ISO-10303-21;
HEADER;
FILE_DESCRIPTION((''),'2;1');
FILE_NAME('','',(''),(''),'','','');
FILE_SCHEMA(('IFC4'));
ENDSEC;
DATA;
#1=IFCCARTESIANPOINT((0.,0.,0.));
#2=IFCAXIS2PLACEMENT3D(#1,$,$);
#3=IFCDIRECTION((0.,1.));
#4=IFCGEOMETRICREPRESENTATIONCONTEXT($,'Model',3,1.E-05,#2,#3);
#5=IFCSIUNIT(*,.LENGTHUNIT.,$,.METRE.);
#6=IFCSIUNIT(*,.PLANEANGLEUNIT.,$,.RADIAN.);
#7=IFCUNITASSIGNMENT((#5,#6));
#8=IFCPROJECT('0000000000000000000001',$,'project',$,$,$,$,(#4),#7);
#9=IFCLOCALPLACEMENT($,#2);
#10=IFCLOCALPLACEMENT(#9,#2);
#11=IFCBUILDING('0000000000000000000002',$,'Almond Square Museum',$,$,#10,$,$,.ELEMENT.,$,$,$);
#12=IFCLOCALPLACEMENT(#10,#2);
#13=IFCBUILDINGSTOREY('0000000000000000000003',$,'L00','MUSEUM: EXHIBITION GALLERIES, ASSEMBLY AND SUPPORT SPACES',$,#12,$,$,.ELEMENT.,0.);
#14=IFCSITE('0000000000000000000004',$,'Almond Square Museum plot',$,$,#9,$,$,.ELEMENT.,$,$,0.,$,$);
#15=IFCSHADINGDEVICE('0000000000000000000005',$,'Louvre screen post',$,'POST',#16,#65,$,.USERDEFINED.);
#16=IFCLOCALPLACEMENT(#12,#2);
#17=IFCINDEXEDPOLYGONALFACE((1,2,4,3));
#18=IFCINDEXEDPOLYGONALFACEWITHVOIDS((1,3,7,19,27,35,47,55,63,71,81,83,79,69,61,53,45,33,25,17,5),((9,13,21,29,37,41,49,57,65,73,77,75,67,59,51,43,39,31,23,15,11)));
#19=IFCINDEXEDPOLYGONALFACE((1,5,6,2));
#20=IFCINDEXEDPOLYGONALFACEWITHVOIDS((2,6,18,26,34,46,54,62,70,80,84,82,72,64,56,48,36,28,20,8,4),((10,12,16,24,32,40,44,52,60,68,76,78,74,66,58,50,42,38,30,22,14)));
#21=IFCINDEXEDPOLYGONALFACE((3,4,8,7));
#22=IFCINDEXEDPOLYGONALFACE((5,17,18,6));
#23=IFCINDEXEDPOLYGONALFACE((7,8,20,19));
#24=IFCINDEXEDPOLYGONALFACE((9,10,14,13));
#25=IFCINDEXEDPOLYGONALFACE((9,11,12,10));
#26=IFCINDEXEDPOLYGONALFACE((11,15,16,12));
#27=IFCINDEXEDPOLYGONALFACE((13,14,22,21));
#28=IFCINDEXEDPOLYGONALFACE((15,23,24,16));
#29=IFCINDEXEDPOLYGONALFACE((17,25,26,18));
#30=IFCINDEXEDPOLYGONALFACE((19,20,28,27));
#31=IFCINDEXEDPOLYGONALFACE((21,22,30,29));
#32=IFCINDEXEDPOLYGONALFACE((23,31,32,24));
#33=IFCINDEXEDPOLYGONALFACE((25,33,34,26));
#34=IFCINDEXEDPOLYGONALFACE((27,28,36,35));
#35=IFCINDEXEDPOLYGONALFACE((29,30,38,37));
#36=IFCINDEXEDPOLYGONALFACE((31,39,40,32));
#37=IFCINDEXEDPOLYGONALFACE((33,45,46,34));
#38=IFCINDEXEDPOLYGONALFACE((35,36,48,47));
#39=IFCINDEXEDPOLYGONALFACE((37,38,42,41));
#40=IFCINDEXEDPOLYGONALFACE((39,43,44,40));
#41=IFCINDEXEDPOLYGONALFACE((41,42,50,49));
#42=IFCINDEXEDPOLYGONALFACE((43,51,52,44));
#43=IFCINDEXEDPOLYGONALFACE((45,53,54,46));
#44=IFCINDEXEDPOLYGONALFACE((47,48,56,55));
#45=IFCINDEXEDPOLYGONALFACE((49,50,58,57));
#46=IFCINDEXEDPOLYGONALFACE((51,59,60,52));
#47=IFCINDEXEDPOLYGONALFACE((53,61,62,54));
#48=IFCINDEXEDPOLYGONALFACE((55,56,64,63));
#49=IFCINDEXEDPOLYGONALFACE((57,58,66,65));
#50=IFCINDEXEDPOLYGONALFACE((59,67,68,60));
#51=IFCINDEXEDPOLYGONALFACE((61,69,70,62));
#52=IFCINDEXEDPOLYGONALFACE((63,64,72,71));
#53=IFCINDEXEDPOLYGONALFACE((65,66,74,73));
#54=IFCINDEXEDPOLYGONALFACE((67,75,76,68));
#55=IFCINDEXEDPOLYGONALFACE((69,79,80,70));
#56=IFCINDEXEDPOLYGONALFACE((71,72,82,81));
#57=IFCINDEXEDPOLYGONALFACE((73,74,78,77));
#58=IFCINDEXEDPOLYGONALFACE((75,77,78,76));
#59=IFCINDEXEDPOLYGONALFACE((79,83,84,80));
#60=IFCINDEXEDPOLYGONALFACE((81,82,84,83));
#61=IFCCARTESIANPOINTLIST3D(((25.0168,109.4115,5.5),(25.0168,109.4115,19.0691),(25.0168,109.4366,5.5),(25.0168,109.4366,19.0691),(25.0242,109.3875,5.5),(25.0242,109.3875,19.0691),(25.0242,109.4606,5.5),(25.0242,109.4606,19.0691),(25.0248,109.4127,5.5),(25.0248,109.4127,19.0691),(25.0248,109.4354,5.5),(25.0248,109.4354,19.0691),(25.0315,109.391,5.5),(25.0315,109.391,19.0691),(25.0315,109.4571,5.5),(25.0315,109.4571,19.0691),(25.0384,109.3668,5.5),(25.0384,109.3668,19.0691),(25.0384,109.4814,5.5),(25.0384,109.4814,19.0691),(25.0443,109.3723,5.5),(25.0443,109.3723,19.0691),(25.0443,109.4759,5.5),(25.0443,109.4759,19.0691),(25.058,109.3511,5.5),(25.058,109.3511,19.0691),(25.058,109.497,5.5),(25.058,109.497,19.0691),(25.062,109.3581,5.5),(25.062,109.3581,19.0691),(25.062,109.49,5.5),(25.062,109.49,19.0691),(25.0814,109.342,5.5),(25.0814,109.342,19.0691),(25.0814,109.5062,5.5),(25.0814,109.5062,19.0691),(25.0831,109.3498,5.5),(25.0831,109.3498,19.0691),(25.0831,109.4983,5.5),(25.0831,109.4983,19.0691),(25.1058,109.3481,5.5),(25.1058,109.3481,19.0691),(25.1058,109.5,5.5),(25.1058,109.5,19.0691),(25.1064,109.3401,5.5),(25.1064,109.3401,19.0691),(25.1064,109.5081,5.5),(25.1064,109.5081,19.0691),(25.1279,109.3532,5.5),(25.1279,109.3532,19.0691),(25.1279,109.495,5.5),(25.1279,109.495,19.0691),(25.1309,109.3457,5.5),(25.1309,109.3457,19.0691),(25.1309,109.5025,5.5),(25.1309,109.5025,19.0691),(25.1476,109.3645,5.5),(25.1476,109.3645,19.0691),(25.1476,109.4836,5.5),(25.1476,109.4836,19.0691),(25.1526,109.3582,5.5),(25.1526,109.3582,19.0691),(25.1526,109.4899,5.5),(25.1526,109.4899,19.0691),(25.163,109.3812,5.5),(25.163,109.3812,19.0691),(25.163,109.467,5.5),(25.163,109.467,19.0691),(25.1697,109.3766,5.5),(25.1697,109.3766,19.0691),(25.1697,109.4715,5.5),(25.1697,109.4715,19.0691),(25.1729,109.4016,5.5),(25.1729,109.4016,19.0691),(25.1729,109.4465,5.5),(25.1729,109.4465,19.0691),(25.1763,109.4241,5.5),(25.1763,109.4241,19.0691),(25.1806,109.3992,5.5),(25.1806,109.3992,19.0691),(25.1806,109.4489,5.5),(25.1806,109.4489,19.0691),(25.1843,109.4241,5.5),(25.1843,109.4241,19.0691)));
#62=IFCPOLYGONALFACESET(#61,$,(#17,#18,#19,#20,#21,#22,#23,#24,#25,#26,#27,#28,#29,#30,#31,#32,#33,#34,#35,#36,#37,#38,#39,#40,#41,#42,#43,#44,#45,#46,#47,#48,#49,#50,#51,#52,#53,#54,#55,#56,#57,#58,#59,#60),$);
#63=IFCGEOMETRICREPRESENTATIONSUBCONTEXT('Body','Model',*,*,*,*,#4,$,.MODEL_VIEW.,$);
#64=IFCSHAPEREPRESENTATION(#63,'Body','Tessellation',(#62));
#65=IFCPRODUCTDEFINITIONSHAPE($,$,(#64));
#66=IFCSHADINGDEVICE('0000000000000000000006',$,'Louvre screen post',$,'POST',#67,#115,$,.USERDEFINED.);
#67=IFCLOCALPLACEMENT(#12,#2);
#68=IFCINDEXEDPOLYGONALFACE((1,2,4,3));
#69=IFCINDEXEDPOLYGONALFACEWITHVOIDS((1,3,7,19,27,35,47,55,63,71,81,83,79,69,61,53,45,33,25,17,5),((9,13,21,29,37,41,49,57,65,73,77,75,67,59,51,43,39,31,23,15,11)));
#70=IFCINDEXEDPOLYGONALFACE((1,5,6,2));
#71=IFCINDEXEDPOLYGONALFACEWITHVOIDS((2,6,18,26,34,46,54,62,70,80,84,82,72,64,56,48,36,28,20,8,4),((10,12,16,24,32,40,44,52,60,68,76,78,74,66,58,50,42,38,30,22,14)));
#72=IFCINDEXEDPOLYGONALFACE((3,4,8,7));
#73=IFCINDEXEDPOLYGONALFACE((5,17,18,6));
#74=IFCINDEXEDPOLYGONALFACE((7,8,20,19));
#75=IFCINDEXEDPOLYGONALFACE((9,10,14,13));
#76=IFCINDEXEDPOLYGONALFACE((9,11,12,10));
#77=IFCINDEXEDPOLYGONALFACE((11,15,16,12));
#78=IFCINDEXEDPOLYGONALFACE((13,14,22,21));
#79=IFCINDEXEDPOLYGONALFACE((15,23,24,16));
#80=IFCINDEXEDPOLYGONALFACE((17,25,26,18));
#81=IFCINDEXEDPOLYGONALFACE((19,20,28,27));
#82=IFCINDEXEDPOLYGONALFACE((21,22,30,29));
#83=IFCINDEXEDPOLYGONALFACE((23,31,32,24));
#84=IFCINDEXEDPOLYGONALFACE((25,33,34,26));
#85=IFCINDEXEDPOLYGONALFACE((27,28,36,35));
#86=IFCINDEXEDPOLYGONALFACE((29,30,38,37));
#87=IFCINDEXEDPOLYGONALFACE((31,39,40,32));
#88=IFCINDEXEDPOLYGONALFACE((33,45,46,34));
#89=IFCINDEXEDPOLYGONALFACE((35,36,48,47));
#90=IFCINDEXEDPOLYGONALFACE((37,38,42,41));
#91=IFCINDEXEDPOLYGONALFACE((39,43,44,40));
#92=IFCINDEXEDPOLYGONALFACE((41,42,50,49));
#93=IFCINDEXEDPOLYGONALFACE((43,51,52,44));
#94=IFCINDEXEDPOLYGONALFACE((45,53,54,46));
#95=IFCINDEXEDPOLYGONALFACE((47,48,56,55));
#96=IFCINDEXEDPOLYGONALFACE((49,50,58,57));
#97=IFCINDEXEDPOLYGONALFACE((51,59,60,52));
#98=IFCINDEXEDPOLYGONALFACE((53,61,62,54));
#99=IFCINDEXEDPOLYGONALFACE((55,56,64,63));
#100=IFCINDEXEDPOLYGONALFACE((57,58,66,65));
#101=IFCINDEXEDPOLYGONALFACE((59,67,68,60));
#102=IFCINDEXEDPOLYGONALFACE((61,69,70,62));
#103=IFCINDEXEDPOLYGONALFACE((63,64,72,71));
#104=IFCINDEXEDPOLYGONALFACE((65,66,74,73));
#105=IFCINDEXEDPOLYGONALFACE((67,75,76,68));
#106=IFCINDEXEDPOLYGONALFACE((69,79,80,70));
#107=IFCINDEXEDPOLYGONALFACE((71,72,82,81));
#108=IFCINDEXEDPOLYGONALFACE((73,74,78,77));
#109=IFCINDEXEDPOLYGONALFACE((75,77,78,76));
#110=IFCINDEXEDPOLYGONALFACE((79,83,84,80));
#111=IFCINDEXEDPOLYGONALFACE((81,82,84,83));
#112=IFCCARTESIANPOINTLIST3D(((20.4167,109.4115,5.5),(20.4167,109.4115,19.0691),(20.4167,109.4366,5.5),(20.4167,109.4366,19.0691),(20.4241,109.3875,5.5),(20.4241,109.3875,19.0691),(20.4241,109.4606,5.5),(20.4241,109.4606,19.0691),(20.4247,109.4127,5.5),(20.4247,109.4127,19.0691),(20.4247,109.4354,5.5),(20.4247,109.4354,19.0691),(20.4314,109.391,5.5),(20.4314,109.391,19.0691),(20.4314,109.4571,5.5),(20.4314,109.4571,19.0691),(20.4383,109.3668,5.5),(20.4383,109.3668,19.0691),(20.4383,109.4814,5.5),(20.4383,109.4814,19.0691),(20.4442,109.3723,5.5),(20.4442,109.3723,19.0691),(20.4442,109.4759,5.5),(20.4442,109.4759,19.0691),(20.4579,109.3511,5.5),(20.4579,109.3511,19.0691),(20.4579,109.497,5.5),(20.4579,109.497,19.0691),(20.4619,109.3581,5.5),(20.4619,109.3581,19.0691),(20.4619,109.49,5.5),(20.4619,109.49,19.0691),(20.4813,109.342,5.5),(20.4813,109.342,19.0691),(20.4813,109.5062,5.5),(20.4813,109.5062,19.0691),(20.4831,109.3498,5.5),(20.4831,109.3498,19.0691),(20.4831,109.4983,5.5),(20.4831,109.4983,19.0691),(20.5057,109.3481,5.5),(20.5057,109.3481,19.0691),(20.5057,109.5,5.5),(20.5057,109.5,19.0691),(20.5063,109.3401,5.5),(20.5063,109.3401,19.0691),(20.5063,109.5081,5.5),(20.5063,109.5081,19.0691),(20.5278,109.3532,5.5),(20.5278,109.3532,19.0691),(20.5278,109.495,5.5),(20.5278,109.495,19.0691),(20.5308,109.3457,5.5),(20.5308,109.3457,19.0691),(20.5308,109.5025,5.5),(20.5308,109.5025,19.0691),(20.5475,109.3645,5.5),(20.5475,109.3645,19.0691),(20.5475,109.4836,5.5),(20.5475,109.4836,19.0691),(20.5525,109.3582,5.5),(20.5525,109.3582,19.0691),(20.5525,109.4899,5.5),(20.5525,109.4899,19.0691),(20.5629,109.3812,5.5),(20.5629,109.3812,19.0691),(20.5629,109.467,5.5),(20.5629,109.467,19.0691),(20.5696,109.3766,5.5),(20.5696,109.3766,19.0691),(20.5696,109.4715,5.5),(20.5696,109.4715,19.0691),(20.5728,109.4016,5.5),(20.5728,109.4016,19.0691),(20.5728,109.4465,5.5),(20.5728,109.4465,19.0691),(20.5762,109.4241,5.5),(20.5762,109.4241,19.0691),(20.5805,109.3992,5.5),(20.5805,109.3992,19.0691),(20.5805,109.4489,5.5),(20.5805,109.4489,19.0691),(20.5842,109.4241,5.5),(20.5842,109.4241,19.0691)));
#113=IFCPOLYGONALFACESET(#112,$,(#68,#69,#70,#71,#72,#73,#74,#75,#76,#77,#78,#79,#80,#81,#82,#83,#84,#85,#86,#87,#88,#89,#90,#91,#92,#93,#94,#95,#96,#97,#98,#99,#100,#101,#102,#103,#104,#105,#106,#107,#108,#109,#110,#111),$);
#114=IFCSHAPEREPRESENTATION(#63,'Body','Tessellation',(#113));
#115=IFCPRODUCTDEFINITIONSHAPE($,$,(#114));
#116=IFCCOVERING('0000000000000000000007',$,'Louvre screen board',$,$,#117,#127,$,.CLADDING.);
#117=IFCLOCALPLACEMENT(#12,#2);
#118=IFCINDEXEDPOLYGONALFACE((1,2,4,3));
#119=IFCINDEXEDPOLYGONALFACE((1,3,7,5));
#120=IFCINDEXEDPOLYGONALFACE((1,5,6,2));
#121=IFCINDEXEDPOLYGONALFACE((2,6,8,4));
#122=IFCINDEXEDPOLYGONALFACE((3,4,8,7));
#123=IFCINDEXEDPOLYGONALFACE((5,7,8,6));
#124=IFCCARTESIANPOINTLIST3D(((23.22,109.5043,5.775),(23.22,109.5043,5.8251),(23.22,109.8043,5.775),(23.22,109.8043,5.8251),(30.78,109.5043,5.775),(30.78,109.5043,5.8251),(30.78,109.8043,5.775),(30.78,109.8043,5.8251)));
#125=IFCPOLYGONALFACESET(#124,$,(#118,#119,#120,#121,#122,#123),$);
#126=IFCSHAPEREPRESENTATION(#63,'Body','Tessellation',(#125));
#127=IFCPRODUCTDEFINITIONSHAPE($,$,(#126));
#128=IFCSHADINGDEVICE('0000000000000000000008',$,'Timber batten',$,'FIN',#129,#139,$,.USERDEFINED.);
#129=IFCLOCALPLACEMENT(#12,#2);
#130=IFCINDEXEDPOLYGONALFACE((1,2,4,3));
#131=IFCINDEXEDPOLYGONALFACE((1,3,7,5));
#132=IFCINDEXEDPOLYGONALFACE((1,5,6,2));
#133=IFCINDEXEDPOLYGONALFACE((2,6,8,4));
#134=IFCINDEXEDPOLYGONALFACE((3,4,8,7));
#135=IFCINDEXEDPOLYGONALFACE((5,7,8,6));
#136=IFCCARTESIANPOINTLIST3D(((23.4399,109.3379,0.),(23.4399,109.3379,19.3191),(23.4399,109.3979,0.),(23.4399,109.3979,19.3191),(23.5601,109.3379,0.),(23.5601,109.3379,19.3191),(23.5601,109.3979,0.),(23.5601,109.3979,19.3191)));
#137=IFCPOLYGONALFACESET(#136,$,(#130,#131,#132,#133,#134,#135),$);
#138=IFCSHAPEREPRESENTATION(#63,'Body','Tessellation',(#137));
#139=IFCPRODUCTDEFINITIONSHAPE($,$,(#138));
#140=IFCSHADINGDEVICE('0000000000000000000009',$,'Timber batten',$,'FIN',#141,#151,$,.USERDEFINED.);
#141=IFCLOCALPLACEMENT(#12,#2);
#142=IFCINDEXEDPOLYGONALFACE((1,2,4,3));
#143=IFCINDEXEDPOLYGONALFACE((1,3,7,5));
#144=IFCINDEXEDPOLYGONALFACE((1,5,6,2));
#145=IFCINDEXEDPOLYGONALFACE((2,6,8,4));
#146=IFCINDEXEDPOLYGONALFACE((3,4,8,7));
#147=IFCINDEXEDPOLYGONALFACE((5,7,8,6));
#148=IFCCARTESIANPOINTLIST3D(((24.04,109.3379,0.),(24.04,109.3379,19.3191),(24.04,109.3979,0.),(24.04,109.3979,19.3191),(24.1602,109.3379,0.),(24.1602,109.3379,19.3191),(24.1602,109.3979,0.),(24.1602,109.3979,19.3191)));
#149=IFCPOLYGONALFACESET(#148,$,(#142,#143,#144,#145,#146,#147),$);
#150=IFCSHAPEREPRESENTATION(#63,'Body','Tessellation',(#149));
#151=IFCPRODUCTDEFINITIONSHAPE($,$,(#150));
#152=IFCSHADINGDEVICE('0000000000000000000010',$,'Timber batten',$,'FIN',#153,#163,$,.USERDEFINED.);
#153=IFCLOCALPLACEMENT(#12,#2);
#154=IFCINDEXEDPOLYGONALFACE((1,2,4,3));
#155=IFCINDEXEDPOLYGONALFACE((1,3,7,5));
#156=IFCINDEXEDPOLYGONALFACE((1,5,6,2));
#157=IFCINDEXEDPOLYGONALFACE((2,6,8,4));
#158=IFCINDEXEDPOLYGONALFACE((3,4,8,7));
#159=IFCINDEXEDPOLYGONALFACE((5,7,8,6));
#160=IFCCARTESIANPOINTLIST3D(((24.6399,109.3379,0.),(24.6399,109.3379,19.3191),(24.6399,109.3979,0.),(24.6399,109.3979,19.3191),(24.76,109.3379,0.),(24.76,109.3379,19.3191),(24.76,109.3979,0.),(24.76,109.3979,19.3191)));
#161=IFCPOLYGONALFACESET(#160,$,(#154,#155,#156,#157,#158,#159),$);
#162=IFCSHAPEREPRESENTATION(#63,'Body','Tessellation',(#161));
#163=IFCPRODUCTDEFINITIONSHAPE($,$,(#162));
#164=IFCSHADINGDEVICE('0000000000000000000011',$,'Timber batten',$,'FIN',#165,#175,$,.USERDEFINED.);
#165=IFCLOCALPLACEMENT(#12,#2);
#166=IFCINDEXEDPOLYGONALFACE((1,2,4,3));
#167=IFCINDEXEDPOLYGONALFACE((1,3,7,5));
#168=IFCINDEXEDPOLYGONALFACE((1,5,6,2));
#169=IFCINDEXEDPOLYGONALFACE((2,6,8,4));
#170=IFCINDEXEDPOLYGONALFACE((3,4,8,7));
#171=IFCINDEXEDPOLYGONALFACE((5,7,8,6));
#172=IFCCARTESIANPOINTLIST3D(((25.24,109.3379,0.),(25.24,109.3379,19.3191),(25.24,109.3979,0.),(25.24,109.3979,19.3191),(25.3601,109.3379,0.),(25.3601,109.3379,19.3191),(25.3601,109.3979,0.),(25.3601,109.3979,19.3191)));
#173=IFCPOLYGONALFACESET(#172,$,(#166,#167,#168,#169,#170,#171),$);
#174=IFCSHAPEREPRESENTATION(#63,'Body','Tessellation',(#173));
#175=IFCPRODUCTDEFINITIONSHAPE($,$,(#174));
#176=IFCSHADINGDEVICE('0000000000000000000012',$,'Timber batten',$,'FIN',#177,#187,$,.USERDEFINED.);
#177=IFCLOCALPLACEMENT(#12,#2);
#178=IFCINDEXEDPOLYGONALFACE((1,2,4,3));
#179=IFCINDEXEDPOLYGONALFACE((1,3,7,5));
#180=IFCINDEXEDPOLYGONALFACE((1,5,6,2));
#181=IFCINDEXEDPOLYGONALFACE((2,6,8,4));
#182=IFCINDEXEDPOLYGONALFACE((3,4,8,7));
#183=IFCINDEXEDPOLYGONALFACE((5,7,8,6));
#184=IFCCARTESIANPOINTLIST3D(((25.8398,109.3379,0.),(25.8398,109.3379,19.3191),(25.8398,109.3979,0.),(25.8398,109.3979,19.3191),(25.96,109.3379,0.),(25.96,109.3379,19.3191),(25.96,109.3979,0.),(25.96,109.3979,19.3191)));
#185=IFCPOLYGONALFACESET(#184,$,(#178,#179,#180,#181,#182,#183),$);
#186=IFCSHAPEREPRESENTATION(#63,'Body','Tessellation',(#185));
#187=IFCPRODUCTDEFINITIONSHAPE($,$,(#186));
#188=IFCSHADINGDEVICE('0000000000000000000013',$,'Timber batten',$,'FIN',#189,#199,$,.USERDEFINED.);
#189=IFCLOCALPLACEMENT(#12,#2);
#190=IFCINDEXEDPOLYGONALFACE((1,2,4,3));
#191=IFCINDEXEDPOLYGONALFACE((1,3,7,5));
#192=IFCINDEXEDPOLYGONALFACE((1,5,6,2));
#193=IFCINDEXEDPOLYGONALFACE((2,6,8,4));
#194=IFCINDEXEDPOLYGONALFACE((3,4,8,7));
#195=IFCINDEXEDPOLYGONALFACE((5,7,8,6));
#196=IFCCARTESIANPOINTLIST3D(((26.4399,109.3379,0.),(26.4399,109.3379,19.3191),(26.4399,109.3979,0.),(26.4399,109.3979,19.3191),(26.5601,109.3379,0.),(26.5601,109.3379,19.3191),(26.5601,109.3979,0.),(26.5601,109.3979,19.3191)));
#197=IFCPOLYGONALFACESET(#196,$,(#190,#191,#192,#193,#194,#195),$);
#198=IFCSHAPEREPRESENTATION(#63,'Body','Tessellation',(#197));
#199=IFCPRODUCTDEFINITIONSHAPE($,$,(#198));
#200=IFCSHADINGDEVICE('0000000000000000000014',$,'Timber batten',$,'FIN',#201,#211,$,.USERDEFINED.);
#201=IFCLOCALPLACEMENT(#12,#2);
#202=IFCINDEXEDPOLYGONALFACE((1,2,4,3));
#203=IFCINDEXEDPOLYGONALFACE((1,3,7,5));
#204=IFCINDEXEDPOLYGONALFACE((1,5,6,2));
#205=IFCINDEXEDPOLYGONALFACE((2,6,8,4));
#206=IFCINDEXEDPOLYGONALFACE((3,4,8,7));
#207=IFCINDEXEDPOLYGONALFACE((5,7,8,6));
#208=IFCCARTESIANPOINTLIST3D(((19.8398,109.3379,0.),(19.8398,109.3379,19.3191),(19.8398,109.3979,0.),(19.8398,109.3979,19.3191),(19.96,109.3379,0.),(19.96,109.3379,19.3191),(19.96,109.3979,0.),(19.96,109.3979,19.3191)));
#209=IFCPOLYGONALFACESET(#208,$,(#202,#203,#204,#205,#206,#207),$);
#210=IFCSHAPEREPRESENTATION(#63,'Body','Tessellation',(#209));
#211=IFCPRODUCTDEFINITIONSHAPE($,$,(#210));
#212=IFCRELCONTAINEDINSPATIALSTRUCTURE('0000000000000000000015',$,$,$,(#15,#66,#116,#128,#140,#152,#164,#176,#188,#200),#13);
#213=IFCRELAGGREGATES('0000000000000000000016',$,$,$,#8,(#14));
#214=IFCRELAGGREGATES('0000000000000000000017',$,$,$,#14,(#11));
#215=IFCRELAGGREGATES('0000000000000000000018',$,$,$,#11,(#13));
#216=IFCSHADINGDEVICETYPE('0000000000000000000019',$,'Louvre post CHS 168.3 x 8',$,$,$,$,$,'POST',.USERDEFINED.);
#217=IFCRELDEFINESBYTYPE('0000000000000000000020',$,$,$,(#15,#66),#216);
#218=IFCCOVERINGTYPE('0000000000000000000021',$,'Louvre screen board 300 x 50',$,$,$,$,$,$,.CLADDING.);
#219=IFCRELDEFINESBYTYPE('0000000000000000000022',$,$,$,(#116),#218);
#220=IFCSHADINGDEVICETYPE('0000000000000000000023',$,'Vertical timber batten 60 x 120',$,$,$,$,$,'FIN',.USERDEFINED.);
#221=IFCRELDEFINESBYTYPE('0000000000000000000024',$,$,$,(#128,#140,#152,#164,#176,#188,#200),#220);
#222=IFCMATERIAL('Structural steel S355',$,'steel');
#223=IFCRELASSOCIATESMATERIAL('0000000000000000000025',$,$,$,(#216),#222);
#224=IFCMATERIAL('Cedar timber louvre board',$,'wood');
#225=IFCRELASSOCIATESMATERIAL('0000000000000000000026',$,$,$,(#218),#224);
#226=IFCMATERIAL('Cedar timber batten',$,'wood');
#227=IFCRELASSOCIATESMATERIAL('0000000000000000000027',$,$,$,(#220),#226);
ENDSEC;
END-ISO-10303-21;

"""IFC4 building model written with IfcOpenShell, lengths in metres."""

from ifc_helpers import new_model, si_unit, direction, frame, origin, origin_2d, place, context, subcontext, project, spatial, rectangle, hollow_circle, extrude, material, material_profile, profile_set, type_object, element, save


model = new_model("IFC4")

# Units and contexts
model_context = context("Model", 3, precision=1e-05, world=origin(), true_north=direction((0.0, 1.0)))
body_context = subcontext(model_context, "Body", "Model", "MODEL_VIEW")
ifc_project = project(units=[si_unit("LENGTHUNIT", "METRE"), si_unit("PLANEANGLEUNIT", "RADIAN")], contexts=[model_context])

# Site, building, storey
site_placement = place(None, origin())
site = spatial("IfcSite", under=ifc_project, at=site_placement, Name="Almond Square Museum plot", CompositionType="ELEMENT", RefElevation=0.0)
building_placement = place(site_placement, origin())
building = spatial("IfcBuilding", under=site, at=building_placement, Name="Almond Square Museum", CompositionType="ELEMENT")
storey_placement = place(building_placement, origin())
storey = spatial("IfcBuildingStorey", under=building, at=storey_placement, Name="L00", Description="MUSEUM: EXHIBITION GALLERIES, ASSEMBLY AND SUPPORT SPACES", CompositionType="ELEMENT", Elevation=0.0)

# Shading devices
ifc_material_1 = material(Name="Structural steel S355", Category="steel")
ifc_material_profile_1 = material_profile(ifc_material_1, hollow_circle(Radius=0.0842, WallThickness=0.0081, at=origin_2d()))
ifc_profile_set_1 = profile_set([ifc_material_profile_1], Name="Structural steel S355")
shading_device_type_1 = type_object("IfcShadingDeviceType", Name="Louvre post CHS 168.3 x 8", ElementType="POST", PredefinedType="USERDEFINED", material=ifc_profile_set_1)
for number, where, z_axis, x_axis, name in (
    (1, (25.1001, 109.4241, 5.5), (0.0, 0.0, 1.0), (1.0, 0.0, 0.0), "Louvre screen post"),
    (2, (20.5, 109.4241, 5.5), (0.0, 0.0, 1.0), (1.0, 0.0, 0.0), "Louvre screen post"),
):
    element("IfcShadingDevice", number, at=place(storey_placement, frame(where, z_axis=z_axis, x_axis=x_axis)), inside=storey, type_object=shading_device_type_1, Name=name, ObjectType="POST", PredefinedType="USERDEFINED", context=body_context, shape_type="SweptSolid", body=[
        extrude(hollow_circle(Radius=0.0842, WallThickness=0.0081, at=origin_2d()), origin(), (0.0, 0.0, 1.0), 13.5691),
    ])

# Covering
ifc_material_2 = material(Name="Cedar timber louvre board", Category="wood")
ifc_material_profile_2 = material_profile(ifc_material_2, rectangle(XDim=0.3, YDim=0.05, at=origin_2d()))
ifc_profile_set_2 = profile_set([ifc_material_profile_2], Name="Cedar timber louvre board")
covering_type_1 = type_object("IfcCoveringType", Name="Louvre screen board 300 x 50", PredefinedType="CLADDING", material=ifc_profile_set_2)
covering_placement = place(storey_placement, frame((23.22, 109.6543, 5.8), z_axis=(1.0, 0.0, 0.0), x_axis=(0.0, 1.0, 0.0)))
element("IfcCovering", 3, at=covering_placement, inside=storey, type_object=covering_type_1, Name="Louvre screen board", PredefinedType="CLADDING", context=body_context, shape_type="SweptSolid", body=[
    extrude(rectangle(XDim=0.3, YDim=0.05, at=origin_2d()), origin(), (0.0, 0.0, 1.0), 7.5601),
])

# Shading devices
ifc_material_3 = material(Name="Cedar timber batten", Category="wood")
ifc_material_profile_3 = material_profile(ifc_material_3, rectangle(XDim=0.0601, YDim=0.1201, at=origin_2d()))
ifc_profile_set_3 = profile_set([ifc_material_profile_3], Name="Cedar timber batten")
shading_device_type_2 = type_object("IfcShadingDeviceType", Name="Vertical timber batten 60 x 120", ElementType="FIN", PredefinedType="USERDEFINED", material=ifc_profile_set_3)
for number, where, z_axis, x_axis, name in (
    (4, (23.5, 109.3679, 0.0), (0.0, 0.0, 1.0), (0.0, 1.0, 0.0), "Timber batten"),
    (5, (24.1001, 109.3679, 0.0), (0.0, 0.0, 1.0), (0.0, 1.0, 0.0), "Timber batten"),
    (6, (24.7, 109.3679, 0.0), (0.0, 0.0, 1.0), (0.0, 1.0, 0.0), "Timber batten"),
    (7, (25.3, 109.3679, 0.0), (0.0, 0.0, 1.0), (0.0, 1.0, 0.0), "Timber batten"),
    (8, (25.8999, 109.3679, 0.0), (0.0, 0.0, 1.0), (0.0, 1.0, 0.0), "Timber batten"),
    (9, (26.5, 109.3679, 0.0), (0.0, 0.0, 1.0), (0.0, 1.0, 0.0), "Timber batten"),
    (10, (19.8999, 109.3679, 0.0), (0.0, 0.0, 1.0), (0.0, 1.0, 0.0), "Timber batten"),
):
    element("IfcShadingDevice", number, at=place(storey_placement, frame(where, z_axis=z_axis, x_axis=x_axis)), inside=storey, type_object=shading_device_type_2, Name=name, ObjectType="FIN", PredefinedType="USERDEFINED", context=body_context, shape_type="SweptSolid", body=[
        extrude(rectangle(XDim=0.0601, YDim=0.1201, at=origin_2d()), origin(), (0.0, 0.0, 1.0), 19.3191),
    ])

save(model, "model.ifc")
